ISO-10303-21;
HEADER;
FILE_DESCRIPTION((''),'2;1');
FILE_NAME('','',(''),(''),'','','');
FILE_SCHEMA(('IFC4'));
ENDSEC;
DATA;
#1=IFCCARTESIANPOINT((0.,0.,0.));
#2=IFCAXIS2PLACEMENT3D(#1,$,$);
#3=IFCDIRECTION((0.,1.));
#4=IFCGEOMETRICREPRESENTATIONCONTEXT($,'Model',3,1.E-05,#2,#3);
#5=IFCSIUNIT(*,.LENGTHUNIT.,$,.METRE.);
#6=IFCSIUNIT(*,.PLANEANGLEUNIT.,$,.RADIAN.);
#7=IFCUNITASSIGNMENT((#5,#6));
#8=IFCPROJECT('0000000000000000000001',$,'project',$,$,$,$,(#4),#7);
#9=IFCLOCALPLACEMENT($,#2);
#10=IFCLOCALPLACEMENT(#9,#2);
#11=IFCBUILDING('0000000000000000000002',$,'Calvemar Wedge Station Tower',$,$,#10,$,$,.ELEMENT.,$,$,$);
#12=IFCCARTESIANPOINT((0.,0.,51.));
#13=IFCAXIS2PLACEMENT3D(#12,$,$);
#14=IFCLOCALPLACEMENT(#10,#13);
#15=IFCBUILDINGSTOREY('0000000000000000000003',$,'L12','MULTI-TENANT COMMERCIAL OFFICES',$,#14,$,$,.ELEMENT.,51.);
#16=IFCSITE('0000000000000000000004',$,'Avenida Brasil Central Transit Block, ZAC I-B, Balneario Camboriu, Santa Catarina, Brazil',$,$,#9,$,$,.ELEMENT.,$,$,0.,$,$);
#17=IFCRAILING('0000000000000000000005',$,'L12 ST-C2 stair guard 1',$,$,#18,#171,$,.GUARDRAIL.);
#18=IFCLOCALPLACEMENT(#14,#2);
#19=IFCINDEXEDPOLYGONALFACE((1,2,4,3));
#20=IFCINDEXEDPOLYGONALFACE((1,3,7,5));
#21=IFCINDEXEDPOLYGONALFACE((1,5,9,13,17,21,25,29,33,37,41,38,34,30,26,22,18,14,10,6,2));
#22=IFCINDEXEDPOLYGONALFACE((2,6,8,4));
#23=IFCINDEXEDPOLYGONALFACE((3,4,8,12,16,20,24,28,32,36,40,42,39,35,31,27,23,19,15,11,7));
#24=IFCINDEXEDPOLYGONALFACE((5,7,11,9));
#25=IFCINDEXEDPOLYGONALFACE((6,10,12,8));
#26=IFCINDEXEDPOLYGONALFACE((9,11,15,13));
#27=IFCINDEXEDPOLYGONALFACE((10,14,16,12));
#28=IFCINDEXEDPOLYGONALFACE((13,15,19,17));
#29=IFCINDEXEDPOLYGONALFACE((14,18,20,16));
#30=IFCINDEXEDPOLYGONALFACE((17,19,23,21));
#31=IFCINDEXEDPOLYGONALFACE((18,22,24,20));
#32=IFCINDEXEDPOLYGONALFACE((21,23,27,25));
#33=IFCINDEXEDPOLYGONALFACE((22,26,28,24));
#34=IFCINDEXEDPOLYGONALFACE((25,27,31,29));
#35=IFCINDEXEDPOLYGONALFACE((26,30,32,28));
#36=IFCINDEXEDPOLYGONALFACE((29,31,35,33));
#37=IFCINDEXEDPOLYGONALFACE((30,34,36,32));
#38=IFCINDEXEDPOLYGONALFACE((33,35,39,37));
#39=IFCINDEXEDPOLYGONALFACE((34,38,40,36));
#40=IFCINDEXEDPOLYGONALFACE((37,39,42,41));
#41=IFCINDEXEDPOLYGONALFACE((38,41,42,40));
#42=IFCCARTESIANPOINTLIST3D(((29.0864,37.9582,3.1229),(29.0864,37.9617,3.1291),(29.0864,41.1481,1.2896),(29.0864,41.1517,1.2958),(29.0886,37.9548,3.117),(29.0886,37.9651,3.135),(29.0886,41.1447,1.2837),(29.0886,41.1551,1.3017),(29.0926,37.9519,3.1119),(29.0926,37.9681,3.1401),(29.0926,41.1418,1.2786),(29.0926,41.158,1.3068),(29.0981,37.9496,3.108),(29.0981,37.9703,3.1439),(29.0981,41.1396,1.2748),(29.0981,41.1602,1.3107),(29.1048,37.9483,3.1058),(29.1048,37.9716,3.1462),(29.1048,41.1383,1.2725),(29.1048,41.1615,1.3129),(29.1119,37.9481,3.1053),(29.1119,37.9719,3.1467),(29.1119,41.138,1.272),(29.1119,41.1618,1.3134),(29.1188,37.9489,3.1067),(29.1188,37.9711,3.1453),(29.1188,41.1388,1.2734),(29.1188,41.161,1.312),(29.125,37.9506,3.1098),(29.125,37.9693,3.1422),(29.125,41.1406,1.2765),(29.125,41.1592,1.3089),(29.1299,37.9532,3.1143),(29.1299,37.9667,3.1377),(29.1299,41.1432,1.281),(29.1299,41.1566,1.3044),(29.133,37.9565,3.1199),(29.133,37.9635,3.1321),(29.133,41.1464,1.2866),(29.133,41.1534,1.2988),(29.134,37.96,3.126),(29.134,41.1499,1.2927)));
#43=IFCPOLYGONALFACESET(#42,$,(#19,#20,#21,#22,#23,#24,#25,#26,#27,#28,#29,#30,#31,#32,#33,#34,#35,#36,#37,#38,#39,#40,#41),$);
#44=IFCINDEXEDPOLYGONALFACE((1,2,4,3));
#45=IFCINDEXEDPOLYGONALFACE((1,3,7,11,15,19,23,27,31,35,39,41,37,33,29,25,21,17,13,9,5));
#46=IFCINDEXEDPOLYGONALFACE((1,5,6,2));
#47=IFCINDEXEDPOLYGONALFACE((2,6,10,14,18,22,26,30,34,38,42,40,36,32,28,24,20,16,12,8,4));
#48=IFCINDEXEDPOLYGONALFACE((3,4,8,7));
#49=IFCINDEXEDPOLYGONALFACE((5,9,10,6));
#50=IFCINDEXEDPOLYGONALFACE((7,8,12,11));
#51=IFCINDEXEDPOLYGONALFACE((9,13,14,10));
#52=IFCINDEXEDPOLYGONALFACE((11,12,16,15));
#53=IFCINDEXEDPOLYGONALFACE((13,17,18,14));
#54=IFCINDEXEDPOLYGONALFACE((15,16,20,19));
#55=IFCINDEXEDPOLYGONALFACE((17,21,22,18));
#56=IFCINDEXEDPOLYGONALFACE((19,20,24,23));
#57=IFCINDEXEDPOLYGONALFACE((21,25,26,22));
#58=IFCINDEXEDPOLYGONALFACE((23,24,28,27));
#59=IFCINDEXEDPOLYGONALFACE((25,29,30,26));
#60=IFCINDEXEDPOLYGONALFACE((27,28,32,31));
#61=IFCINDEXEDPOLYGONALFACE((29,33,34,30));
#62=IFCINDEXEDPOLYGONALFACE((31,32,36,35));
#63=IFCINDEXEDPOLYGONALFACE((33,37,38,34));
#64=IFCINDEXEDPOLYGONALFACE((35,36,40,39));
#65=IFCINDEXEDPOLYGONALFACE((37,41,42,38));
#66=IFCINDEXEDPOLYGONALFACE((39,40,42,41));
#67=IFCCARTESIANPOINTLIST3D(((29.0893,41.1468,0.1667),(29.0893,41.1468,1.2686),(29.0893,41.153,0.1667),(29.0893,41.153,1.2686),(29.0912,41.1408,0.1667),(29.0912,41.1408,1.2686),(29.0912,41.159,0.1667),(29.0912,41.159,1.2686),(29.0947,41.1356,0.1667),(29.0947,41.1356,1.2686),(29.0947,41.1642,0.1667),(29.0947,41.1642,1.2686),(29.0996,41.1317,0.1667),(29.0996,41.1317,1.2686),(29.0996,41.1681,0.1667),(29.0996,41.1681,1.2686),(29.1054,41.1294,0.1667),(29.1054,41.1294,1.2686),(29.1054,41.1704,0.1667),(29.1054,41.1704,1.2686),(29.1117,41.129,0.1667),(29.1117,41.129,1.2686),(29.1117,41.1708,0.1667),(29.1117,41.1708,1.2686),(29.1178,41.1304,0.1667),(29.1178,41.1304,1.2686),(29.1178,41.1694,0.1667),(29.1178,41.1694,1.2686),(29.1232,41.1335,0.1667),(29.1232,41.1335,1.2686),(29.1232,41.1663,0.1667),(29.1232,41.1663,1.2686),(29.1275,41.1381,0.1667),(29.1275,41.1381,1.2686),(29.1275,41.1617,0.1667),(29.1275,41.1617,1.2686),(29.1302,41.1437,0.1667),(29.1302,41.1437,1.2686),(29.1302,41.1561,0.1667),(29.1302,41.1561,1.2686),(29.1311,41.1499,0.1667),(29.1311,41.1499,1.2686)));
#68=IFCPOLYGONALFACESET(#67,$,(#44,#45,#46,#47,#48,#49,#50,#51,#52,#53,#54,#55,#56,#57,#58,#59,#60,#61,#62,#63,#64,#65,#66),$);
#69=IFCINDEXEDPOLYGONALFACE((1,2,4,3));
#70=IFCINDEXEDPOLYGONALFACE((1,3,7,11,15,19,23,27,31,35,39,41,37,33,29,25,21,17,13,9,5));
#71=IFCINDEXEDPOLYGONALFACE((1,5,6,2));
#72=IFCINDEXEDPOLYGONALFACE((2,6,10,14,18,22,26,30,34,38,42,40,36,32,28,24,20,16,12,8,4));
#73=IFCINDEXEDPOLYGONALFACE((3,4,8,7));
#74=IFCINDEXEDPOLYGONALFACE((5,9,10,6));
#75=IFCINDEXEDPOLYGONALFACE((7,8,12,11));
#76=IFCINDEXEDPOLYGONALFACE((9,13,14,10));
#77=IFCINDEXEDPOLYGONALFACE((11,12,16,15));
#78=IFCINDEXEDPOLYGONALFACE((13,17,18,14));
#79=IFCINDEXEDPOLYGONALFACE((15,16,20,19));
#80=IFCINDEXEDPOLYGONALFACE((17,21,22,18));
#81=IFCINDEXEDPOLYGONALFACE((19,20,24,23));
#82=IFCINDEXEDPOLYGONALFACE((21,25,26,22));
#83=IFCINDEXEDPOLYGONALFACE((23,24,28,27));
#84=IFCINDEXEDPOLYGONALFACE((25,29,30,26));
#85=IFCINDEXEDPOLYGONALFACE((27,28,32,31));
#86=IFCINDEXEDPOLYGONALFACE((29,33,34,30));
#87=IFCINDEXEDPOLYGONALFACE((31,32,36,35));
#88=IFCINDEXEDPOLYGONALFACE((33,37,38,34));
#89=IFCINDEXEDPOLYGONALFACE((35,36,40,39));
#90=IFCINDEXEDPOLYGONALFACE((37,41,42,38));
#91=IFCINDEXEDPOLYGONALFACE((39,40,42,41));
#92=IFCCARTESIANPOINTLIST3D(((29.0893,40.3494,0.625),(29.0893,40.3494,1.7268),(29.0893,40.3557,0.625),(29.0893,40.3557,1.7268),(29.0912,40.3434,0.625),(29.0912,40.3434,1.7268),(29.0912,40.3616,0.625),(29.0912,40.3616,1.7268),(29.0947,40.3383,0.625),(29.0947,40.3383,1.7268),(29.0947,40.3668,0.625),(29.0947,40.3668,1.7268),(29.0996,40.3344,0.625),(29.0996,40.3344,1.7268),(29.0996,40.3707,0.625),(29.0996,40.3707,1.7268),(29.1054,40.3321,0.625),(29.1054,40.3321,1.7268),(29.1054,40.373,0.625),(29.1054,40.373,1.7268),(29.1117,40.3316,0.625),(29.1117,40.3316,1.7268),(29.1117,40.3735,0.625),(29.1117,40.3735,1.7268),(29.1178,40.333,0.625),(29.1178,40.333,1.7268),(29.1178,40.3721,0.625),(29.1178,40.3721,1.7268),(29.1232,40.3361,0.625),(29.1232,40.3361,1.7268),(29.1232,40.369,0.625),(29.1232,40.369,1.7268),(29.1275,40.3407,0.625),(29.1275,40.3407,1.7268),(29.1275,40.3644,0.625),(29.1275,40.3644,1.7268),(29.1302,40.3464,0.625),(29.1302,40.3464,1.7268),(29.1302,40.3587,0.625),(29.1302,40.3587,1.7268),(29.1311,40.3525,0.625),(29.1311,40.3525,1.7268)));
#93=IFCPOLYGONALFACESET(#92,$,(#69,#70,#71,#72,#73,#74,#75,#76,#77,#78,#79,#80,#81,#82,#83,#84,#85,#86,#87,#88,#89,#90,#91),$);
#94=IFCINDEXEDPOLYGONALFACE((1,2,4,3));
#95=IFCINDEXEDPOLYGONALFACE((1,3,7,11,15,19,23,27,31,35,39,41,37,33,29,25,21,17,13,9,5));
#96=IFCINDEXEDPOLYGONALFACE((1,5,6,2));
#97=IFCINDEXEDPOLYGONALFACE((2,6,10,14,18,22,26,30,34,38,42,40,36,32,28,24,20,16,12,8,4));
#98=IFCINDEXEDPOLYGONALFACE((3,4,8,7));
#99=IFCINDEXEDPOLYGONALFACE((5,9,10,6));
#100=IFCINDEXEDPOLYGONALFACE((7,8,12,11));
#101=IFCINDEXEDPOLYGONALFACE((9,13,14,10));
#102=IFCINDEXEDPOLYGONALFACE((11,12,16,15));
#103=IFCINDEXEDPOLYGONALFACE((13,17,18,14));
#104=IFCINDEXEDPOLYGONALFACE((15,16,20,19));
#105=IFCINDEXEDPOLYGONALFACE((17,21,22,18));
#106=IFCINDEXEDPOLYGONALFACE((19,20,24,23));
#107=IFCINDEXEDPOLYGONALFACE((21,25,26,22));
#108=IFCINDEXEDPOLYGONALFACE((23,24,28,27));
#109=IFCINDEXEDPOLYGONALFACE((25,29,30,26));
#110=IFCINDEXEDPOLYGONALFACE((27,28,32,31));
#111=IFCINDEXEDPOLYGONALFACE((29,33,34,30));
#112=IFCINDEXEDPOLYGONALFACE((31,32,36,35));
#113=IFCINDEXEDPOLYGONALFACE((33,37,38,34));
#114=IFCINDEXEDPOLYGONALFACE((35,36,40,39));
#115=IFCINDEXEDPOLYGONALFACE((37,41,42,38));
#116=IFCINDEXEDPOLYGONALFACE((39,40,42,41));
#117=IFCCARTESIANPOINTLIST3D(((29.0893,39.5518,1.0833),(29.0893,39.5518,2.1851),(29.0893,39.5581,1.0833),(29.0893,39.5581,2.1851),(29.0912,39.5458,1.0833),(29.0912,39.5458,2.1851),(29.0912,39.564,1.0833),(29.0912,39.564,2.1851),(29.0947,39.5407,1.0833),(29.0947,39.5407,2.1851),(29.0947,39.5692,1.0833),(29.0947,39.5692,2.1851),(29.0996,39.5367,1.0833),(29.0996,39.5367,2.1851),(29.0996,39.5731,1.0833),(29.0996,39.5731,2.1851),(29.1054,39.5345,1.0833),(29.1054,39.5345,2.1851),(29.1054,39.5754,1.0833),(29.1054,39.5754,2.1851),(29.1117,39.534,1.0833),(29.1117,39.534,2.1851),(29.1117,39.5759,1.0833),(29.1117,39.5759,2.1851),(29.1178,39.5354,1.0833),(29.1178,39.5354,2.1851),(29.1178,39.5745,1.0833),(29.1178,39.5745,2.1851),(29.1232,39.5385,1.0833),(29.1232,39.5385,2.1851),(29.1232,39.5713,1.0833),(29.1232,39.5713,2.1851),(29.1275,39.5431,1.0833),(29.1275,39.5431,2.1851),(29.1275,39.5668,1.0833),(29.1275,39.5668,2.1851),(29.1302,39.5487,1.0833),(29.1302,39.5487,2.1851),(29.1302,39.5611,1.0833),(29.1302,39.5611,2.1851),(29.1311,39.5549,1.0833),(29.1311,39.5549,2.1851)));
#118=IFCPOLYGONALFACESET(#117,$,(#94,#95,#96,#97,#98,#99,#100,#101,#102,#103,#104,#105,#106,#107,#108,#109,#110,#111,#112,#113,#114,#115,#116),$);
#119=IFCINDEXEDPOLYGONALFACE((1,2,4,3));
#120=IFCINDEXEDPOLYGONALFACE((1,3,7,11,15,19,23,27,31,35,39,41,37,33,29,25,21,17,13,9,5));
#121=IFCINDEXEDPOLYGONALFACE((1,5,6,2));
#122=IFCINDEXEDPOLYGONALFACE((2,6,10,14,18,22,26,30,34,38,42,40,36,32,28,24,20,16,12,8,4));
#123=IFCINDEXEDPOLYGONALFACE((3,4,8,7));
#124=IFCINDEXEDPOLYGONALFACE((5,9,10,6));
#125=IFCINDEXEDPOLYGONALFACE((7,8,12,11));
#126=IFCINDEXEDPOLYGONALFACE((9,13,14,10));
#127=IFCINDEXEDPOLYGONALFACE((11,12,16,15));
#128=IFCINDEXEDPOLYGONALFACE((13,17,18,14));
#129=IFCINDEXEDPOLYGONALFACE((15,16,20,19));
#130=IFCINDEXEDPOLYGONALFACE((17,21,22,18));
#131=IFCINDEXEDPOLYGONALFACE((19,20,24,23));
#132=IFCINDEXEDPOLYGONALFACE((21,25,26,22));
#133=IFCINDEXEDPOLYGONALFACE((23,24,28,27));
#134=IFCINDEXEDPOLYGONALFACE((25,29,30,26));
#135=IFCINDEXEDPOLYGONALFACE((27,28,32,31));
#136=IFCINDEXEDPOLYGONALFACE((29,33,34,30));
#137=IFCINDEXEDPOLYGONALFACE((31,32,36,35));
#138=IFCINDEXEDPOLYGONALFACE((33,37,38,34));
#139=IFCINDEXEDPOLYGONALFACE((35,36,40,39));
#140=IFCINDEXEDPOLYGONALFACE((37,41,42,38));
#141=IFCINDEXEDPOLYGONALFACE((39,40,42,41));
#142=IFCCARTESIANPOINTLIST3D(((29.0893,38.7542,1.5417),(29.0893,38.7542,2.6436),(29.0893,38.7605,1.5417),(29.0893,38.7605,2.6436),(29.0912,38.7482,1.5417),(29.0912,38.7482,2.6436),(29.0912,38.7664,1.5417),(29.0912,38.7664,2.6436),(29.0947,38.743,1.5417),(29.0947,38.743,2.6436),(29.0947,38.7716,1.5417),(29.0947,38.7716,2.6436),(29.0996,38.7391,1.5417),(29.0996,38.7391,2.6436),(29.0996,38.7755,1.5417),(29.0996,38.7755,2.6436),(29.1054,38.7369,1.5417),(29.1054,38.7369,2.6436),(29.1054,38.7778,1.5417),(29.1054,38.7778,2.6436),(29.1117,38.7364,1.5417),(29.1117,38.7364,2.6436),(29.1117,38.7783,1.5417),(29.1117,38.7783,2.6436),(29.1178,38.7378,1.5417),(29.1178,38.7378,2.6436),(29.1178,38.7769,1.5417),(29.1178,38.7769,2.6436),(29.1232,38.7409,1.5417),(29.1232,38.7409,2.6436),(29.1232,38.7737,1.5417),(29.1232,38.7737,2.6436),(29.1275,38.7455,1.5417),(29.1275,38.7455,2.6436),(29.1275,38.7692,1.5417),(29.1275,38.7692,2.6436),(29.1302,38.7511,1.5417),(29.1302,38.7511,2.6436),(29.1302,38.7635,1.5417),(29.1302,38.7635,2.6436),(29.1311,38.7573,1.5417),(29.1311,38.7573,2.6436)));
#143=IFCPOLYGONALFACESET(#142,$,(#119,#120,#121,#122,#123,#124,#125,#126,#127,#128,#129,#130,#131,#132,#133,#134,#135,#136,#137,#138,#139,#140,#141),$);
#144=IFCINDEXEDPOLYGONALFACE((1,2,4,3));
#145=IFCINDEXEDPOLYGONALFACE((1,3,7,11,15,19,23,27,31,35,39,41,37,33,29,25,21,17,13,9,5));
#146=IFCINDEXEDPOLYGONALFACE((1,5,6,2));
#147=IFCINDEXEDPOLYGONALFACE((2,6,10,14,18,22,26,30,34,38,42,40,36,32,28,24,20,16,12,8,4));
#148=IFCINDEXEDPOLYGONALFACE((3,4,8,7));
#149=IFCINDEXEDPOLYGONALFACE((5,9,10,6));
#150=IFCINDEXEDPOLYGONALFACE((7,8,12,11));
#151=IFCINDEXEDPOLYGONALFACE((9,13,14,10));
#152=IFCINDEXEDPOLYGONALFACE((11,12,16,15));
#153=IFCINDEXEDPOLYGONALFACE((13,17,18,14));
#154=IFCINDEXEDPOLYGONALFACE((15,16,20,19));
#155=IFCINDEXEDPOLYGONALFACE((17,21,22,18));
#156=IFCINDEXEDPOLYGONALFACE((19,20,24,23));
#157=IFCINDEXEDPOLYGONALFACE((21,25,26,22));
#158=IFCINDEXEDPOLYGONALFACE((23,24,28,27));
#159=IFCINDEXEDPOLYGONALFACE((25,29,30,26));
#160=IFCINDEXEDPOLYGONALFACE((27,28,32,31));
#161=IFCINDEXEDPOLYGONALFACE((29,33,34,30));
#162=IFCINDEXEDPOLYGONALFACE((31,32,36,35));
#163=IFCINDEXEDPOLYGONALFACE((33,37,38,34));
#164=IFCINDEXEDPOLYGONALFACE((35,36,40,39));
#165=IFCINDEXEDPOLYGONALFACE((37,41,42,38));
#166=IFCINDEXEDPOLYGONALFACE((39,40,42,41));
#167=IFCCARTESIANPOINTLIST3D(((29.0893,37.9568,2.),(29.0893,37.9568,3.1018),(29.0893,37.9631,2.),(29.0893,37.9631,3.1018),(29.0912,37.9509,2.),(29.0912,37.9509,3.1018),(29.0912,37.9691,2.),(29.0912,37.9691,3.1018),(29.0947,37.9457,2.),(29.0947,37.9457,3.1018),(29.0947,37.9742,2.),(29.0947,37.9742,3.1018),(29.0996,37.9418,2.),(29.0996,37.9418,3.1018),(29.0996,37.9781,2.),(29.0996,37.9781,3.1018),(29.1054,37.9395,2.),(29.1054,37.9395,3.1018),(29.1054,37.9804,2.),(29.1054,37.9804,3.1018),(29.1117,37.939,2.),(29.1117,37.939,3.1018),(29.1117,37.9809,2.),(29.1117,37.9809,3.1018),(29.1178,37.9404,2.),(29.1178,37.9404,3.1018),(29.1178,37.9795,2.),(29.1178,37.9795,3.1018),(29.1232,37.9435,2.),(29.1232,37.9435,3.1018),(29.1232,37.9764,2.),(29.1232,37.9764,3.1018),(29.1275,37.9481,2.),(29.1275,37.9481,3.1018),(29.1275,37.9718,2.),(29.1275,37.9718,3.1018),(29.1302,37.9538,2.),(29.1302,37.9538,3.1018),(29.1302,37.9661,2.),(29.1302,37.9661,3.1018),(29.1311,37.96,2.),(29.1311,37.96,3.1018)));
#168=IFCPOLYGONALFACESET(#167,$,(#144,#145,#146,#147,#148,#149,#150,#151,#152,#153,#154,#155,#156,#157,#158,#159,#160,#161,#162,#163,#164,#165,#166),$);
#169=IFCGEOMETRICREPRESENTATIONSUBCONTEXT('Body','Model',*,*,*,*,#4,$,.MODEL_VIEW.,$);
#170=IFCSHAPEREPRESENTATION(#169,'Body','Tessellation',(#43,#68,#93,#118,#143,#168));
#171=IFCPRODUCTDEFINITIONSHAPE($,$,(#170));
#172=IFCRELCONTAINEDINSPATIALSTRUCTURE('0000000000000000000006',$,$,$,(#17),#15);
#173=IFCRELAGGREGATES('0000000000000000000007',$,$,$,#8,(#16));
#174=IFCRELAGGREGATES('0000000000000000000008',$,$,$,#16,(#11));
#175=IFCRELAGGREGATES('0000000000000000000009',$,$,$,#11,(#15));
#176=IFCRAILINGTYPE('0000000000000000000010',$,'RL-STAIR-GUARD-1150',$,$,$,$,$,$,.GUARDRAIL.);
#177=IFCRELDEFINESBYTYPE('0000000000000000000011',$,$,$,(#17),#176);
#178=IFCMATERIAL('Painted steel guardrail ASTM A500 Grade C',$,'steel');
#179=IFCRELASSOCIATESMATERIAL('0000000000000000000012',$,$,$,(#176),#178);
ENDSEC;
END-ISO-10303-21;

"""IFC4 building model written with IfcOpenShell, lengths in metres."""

from ifc_helpers import new_model, si_unit, direction, frame, origin, origin_2d, place, context, subcontext, project, spatial, circle, extrude, material, type_object, element, save


model = new_model("IFC4")

# Units and contexts
model_context = context("Model", 3, precision=1e-05, world=origin(), true_north=direction((0.0, 1.0)))
body_context = subcontext(model_context, "Body", "Model", "MODEL_VIEW")
ifc_project = project(units=[si_unit("LENGTHUNIT", "METRE"), si_unit("PLANEANGLEUNIT", "RADIAN")], contexts=[model_context])

# Site, building, storey
site_placement = place(None, origin())
site = spatial("IfcSite", under=ifc_project, at=site_placement, Name="Avenida Brasil Central Transit Block, ZAC I-B, Balneario Camboriu, Santa Catarina, Brazil", CompositionType="ELEMENT", RefElevation=0.0)
building_placement = place(site_placement, origin())
building = spatial("IfcBuilding", under=site, at=building_placement, Name="Calvemar Wedge Station Tower", CompositionType="ELEMENT")
storey_placement = place(building_placement, frame((0.0, 0.0, 51.0)))
storey = spatial("IfcBuildingStorey", under=building, at=storey_placement, Name="L12", Description="MULTI-TENANT COMMERCIAL OFFICES", CompositionType="ELEMENT", Elevation=51.0)

# Railing
ifc_material_1 = material(Name="Painted steel guardrail ASTM A500 Grade C", Category="steel")
railing_type_1 = type_object("IfcRailingType", Name="RL-STAIR-GUARD-1150", PredefinedType="GUARDRAIL", material=ifc_material_1)
railing_1_placement = place(storey_placement, frame((29.1101, 41.1499, 0.1667)))
element("IfcRailing", 1, at=railing_1_placement, inside=storey, type_object=railing_type_1, Name="L12 ST-C2 stair guard 1", PredefinedType="GUARDRAIL", context=body_context, shape_type="SweptSolid", body=[
    extrude(circle(Radius=0.0239, at=origin_2d()), frame((0.0, 0.0, 1.126), z_axis=(0.0, -0.86702, 0.498274), x_axis=(1.0, 0.0, 0.0)), (0.0, 0.0, 1.0), 3.6792),
    extrude(circle(Radius=0.021, at=origin_2d()), origin(), (0.0, 0.0, 1.0), 1.1018),
    extrude(circle(Radius=0.021, at=origin_2d()), frame((0.0, -0.7974, 0.4583)), (0.0, 0.0, 1.0), 1.1018),
    extrude(circle(Radius=0.021, at=origin_2d()), frame((0.0, -1.595, 0.9165)), (0.0, 0.0, 1.0), 1.1018),
    extrude(circle(Radius=0.021, at=origin_2d()), frame((0.0, -2.3926, 1.375)), (0.0, 0.0, 1.0), 1.1018),
    extrude(circle(Radius=0.021, at=origin_2d()), frame((0.0, -3.1899, 1.8333)), (0.0, 0.0, 1.0), 1.1018),
])

save(model, "model.ifc")
